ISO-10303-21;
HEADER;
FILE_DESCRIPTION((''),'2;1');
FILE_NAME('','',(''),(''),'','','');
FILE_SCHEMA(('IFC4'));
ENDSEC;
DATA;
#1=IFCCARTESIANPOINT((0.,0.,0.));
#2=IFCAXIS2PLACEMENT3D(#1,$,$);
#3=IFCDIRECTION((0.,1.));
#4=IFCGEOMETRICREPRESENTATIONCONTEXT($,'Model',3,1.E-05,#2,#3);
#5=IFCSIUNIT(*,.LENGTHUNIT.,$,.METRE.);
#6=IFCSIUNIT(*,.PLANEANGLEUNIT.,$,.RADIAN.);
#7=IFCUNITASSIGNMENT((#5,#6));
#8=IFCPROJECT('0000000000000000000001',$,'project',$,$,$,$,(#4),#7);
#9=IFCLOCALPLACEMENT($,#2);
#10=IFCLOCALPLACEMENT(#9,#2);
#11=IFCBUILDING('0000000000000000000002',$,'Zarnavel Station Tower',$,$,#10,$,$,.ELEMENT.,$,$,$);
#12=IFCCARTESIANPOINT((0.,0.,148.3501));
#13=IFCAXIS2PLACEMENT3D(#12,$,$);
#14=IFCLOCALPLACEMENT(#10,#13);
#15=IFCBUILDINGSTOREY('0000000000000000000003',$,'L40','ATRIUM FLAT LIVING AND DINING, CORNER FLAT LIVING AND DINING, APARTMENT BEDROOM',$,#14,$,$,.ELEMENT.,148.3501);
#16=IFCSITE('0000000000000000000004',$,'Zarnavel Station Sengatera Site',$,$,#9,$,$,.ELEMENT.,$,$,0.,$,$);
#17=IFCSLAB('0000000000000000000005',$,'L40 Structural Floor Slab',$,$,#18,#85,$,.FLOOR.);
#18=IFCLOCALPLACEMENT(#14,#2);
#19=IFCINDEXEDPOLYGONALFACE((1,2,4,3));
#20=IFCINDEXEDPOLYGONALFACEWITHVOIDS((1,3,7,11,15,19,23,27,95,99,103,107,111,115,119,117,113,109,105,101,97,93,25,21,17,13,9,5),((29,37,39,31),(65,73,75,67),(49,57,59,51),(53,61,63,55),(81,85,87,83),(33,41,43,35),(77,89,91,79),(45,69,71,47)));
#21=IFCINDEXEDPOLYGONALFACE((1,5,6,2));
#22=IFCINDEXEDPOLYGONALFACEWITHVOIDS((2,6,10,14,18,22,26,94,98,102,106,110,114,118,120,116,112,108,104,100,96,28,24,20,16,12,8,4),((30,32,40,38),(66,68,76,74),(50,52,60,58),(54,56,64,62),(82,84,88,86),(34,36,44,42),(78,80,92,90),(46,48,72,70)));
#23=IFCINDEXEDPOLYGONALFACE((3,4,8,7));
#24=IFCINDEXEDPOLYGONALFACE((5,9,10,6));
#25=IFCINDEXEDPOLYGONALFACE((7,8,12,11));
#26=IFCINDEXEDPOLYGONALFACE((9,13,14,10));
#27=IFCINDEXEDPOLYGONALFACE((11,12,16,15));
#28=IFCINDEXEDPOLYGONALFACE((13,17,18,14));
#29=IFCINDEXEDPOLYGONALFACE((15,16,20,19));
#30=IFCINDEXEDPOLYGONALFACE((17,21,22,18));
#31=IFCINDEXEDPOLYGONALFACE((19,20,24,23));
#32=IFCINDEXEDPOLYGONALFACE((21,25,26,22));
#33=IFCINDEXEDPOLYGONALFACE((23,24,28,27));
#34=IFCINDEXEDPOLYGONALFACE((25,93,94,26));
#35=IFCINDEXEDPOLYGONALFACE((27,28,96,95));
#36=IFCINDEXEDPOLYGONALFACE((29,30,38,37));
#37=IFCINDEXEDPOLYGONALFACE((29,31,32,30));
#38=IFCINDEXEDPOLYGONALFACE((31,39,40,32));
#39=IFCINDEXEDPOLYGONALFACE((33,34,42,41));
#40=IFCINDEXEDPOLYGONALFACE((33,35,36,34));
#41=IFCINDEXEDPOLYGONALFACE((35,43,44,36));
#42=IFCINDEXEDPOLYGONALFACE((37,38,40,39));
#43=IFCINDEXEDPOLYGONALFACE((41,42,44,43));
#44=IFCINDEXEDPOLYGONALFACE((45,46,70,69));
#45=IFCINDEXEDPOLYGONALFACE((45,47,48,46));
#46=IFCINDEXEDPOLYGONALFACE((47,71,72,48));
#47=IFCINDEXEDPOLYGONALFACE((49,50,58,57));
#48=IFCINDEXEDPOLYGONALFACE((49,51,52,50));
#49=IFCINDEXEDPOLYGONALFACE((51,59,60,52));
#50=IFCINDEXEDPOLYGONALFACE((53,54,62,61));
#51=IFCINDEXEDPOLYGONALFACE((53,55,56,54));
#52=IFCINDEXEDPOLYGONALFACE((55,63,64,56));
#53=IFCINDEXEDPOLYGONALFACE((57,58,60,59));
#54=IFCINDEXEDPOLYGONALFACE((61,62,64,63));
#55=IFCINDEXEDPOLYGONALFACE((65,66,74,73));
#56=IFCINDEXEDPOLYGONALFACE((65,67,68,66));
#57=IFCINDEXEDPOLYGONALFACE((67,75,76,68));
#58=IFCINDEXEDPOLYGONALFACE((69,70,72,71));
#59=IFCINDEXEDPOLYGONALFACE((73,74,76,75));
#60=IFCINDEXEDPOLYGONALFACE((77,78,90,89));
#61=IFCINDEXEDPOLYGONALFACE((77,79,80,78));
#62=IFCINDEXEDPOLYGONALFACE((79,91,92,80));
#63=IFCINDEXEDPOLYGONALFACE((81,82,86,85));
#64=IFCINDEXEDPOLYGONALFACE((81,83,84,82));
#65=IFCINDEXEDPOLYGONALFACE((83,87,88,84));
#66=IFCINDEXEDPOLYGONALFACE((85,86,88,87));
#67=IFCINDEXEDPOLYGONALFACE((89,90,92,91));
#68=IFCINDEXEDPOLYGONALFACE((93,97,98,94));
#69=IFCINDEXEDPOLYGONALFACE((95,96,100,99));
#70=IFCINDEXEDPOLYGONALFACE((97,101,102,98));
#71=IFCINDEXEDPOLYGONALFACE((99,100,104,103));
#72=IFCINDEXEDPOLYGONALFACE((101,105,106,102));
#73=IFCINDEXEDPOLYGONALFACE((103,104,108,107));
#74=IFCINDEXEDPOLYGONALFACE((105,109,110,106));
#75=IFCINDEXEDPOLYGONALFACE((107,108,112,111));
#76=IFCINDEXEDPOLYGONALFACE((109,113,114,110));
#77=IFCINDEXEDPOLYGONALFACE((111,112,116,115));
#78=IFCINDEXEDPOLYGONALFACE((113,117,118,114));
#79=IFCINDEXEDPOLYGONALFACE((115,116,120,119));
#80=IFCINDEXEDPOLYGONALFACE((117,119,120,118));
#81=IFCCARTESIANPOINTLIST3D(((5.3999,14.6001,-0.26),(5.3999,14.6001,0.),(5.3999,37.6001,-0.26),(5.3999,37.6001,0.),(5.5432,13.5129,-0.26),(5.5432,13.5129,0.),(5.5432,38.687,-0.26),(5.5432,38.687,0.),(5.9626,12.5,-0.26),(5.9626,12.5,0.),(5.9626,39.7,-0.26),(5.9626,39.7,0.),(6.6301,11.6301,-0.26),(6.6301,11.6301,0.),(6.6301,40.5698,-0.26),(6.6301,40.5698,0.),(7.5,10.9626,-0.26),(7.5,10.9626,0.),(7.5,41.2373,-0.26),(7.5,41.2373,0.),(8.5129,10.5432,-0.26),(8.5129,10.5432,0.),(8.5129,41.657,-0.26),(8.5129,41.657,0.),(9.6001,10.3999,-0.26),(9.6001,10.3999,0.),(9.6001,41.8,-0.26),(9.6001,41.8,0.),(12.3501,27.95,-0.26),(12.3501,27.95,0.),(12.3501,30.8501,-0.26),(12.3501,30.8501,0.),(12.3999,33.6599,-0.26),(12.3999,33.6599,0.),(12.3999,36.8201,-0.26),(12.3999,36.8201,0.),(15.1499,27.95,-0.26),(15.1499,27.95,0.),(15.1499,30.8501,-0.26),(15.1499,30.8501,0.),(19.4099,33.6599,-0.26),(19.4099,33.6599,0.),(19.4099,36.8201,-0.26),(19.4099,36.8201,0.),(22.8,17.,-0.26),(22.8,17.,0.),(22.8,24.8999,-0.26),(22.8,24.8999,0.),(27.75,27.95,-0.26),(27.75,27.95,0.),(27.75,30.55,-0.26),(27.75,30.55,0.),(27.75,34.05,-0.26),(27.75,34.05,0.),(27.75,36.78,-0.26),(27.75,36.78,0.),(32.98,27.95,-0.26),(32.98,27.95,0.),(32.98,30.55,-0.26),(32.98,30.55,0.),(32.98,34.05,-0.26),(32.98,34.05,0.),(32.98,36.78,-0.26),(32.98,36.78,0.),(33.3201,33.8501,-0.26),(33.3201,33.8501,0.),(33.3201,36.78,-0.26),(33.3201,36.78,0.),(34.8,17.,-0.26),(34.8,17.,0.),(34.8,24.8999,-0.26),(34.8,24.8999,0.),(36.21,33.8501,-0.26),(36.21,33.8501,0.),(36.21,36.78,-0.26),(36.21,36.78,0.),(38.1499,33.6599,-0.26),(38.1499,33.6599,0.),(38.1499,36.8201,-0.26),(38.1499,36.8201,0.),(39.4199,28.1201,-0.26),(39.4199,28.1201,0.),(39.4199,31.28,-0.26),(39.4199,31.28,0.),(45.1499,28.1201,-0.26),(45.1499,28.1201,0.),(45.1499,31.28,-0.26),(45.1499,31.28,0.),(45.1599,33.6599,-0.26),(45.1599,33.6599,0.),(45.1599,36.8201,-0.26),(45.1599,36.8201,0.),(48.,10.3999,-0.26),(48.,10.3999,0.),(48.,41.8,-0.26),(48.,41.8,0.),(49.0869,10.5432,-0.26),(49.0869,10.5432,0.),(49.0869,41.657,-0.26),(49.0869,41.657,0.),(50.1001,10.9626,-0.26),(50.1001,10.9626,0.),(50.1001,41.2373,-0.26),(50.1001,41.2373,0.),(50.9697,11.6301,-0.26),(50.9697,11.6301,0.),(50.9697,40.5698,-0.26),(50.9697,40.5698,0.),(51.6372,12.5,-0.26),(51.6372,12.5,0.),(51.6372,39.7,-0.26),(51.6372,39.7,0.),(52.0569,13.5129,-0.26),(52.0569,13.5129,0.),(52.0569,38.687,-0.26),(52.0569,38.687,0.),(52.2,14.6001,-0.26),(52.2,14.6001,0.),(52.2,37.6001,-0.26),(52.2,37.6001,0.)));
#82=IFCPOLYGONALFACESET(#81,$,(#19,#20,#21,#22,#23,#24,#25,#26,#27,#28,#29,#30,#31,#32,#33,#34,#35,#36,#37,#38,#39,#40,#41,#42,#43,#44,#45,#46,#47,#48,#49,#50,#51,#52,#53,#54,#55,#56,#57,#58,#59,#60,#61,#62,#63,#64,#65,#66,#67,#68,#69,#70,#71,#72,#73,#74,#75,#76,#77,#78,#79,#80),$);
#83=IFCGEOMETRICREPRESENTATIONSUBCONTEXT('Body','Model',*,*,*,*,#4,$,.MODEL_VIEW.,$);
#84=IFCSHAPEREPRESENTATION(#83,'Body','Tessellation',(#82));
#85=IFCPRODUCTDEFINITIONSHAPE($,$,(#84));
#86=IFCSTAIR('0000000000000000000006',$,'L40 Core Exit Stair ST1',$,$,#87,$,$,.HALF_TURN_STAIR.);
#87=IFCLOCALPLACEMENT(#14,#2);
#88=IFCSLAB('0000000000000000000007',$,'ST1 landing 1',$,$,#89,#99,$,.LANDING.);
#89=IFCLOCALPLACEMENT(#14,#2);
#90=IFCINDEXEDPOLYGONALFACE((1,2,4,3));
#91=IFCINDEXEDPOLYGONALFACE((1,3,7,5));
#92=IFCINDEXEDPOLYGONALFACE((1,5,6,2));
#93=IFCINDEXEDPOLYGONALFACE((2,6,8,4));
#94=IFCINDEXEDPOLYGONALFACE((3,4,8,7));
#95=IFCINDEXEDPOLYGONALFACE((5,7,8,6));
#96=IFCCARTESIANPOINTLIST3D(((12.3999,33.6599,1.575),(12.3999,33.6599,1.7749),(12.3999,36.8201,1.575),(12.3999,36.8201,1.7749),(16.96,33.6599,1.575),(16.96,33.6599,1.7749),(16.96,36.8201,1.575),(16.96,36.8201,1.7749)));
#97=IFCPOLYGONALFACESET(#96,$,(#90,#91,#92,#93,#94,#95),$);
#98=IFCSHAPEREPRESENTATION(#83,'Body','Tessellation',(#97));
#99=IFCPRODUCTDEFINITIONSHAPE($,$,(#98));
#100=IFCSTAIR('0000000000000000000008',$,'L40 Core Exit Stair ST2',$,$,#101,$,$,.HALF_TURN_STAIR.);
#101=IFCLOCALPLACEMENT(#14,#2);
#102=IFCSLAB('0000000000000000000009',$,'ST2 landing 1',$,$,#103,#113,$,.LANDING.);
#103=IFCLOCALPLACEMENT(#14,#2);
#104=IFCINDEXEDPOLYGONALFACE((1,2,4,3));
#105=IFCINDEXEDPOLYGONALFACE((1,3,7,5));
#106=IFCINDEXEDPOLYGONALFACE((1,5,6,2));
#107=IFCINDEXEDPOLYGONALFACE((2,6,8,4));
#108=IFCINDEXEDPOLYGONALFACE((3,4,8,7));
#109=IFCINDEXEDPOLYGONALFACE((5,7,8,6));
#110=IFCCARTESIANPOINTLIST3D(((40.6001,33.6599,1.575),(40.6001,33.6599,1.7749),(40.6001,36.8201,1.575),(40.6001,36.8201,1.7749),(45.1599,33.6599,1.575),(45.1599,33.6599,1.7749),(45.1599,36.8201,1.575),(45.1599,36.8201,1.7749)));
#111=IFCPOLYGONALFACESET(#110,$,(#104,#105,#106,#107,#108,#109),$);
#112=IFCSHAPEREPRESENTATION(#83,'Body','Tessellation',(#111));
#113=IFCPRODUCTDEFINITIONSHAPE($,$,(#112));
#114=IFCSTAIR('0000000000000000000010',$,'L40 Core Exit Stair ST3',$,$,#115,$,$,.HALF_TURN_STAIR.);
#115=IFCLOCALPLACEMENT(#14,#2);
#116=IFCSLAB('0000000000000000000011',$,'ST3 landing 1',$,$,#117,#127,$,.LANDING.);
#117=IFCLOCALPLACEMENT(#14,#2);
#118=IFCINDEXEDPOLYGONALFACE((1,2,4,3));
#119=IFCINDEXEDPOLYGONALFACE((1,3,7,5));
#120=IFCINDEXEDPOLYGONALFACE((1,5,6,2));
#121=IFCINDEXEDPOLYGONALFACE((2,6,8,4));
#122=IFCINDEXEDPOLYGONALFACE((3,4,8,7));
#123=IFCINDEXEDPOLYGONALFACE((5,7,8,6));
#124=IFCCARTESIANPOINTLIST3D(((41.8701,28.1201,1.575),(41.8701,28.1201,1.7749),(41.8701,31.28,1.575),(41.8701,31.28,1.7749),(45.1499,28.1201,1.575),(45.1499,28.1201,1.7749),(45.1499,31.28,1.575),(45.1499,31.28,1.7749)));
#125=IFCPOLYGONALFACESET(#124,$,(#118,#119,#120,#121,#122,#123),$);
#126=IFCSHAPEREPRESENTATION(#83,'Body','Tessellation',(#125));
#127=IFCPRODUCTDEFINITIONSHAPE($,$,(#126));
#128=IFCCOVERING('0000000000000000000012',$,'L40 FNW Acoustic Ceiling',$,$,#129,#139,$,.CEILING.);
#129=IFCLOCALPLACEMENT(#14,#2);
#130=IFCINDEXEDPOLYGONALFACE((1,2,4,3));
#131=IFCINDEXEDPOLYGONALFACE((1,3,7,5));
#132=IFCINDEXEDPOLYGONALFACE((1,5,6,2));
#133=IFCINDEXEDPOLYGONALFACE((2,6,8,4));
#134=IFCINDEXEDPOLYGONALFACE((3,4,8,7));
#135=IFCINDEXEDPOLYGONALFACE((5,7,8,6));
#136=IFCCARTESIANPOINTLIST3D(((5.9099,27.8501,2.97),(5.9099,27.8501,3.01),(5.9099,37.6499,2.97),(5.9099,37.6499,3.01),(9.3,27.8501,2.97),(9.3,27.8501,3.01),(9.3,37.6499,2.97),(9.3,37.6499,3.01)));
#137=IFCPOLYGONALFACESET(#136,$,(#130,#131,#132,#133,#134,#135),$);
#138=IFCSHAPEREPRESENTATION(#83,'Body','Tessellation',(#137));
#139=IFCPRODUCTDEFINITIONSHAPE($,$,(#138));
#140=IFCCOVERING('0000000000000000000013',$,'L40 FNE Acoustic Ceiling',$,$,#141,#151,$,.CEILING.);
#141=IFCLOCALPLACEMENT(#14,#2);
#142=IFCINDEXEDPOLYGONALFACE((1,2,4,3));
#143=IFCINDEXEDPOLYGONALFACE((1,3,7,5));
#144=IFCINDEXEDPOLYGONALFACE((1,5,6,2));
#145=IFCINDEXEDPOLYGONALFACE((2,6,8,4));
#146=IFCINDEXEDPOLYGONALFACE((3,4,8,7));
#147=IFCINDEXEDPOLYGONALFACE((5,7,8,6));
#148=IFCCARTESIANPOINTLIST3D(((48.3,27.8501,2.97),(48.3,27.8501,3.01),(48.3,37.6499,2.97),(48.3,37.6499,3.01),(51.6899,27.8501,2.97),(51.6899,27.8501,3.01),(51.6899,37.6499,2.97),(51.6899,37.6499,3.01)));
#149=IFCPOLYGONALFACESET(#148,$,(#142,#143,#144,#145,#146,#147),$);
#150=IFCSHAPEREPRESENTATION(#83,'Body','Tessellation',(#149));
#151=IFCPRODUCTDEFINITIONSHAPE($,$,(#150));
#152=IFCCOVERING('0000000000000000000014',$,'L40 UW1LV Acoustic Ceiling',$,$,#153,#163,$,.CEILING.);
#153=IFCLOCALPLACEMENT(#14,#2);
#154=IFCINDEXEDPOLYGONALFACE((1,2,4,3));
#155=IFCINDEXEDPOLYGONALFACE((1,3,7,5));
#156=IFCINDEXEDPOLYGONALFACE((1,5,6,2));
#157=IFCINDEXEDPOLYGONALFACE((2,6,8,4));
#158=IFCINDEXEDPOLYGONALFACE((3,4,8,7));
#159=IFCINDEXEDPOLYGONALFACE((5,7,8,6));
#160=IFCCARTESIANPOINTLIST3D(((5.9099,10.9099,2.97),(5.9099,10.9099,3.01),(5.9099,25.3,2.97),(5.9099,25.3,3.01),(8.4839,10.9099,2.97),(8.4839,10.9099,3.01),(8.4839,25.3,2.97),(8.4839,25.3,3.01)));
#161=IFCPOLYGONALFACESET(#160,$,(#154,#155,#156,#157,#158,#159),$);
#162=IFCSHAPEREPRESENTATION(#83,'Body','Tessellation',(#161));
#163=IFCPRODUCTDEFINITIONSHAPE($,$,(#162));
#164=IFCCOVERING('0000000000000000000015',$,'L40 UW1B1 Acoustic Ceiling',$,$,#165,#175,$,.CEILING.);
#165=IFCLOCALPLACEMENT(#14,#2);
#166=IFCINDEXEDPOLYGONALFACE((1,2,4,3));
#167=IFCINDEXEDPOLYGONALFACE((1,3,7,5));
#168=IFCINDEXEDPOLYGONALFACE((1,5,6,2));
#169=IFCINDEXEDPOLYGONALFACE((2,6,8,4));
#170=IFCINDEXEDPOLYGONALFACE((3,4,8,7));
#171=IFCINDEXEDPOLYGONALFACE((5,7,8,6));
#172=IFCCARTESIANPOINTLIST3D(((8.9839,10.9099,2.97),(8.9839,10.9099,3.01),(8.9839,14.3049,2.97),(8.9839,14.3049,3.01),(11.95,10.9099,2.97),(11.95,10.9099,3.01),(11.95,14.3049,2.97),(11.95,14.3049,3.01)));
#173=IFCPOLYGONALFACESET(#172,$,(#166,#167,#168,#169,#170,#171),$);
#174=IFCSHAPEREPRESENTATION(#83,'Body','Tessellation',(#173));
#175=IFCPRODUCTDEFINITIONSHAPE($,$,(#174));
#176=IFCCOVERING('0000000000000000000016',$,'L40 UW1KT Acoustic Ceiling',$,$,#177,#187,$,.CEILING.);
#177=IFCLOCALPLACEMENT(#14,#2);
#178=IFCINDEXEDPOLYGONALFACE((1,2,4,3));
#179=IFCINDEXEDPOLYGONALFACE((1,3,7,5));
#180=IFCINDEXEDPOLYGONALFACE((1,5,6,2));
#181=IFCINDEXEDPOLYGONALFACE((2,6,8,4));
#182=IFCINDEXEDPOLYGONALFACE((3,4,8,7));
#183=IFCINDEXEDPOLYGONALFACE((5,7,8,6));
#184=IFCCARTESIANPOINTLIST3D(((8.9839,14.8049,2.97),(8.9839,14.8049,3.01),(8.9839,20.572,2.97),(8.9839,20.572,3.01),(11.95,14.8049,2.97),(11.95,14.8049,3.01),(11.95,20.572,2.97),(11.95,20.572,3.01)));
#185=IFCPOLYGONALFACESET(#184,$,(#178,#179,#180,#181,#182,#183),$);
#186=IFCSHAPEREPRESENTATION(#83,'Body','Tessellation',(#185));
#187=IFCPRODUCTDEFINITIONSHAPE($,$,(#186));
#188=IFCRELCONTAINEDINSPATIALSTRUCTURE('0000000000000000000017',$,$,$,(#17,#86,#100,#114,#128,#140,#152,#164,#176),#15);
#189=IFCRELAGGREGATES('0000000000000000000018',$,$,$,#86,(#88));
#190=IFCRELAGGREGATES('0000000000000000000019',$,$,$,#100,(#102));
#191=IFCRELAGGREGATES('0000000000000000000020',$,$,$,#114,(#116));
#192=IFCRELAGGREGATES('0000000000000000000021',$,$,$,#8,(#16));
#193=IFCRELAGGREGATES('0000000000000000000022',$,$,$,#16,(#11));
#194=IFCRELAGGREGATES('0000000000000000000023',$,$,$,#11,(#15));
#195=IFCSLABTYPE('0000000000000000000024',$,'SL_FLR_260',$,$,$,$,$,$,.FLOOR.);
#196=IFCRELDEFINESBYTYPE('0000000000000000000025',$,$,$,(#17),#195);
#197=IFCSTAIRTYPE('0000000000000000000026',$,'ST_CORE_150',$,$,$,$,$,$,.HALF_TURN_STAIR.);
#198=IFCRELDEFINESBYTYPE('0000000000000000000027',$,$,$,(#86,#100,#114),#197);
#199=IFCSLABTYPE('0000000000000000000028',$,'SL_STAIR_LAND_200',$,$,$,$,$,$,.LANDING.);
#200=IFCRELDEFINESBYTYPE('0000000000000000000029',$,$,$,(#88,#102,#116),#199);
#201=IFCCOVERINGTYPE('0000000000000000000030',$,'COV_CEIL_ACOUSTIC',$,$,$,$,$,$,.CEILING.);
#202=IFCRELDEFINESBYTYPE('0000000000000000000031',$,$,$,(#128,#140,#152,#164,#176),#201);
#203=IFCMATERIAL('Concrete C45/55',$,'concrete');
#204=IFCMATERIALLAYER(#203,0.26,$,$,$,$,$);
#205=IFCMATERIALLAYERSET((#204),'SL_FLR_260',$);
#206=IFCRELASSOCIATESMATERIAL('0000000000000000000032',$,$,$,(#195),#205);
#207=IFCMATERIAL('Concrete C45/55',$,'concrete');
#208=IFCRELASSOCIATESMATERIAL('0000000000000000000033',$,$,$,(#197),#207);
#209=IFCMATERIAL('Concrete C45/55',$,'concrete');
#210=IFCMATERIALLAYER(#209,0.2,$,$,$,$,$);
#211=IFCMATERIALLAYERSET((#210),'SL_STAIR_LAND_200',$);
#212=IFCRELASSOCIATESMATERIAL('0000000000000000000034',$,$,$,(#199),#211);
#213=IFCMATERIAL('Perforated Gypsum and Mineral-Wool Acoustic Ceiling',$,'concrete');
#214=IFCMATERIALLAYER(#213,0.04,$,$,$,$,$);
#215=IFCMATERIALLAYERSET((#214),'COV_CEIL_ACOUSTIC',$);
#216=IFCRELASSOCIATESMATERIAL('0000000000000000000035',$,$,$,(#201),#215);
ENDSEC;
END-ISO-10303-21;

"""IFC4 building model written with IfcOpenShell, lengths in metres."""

from ifc_helpers import new_model, si_unit, direction, frame, origin, place, context, subcontext, project, spatial, polyline, outline, extrude, material, layer, layer_set, type_object, element, aggregate, save


model = new_model("IFC4")

# Units and contexts
model_context = context("Model", 3, precision=1e-05, world=origin(), true_north=direction((0.0, 1.0)))
body_context = subcontext(model_context, "Body", "Model", "MODEL_VIEW")
ifc_project = project(units=[si_unit("LENGTHUNIT", "METRE"), si_unit("PLANEANGLEUNIT", "RADIAN")], contexts=[model_context])

# Site, building, storey
site_placement = place(None, origin())
site = spatial("IfcSite", under=ifc_project, at=site_placement, Name="Zarnavel Station Sengatera Site", CompositionType="ELEMENT", RefElevation=0.0)
building_placement = place(site_placement, origin())
building = spatial("IfcBuilding", under=site, at=building_placement, Name="Zarnavel Station Tower", CompositionType="ELEMENT")
storey_placement = place(building_placement, frame((0.0, 0.0, 148.3501)))
storey = spatial("IfcBuildingStorey", under=building, at=storey_placement, Name="L40", Description="ATRIUM FLAT LIVING AND DINING, CORNER FLAT LIVING AND DINING, APARTMENT BEDROOM", CompositionType="ELEMENT", Elevation=148.3501)

# Slab
ifc_material_1 = material(Name="Concrete C45/55", Category="concrete")
ifc_layer_1 = layer(ifc_material_1, 0.26)
ifc_layer_set_1 = layer_set([ifc_layer_1], Name="SL_FLR_260")
slab_type_1 = type_object("IfcSlabType", Name="SL_FLR_260", PredefinedType="FLOOR", material=ifc_layer_set_1)
slab_1_placement = place(storey_placement, frame((0.0, 0.0, -0.26)))
element("IfcSlab", 1, at=slab_1_placement, inside=storey, type_object=slab_type_1, Name="L40 Structural Floor Slab", PredefinedType="FLOOR", context=body_context, shape_type="SweptSolid", body=[
    extrude(outline(polyline([(48.0, 10.3999), (49.0869, 10.5432), (50.1001, 10.9626), (50.9697, 11.6301), (51.6372, 12.5), (52.0569, 13.5129), (52.2, 14.6001), (52.2, 37.6001), (52.0569, 38.687), (51.6372, 39.7), (50.9697, 40.5698), (50.1001, 41.2373), (49.0869, 41.657), (48.0, 41.8), (9.6001, 41.8), (8.5129, 41.657), (7.5, 41.2373), (6.6301, 40.5698), (5.9626, 39.7), (5.5432, 38.687), (5.3999, 37.6001), (5.3999, 14.6001), (5.5432, 13.5129), (5.9626, 12.5), (6.6301, 11.6301), (7.5, 10.9626), (8.5129, 10.5432), (9.6001, 10.3999), (48.0, 10.3999)]), holes=[polyline([(12.3999, 33.6599), (19.4099, 33.6599), (19.4099, 36.8201), (12.3999, 36.8201), (12.3999, 33.6599)]), polyline([(38.1499, 33.6599), (45.1599, 33.6599), (45.1599, 36.8201), (38.1499, 36.8201), (38.1499, 33.6599)]), polyline([(39.4199, 28.1201), (45.1499, 28.1201), (45.1499, 31.28), (39.4199, 31.28), (39.4199, 28.1201)]), polyline([(12.3501, 27.95), (15.1499, 27.95), (15.1499, 30.8501), (12.3501, 30.8501), (12.3501, 27.95)]), polyline([(33.3201, 33.8501), (36.21, 33.8501), (36.21, 36.78), (33.3201, 36.78), (33.3201, 33.8501)]), polyline([(27.75, 34.05), (32.98, 34.05), (32.98, 36.78), (27.75, 36.78), (27.75, 34.05)]), polyline([(27.75, 27.95), (32.98, 27.95), (32.98, 30.55), (27.75, 30.55), (27.75, 27.95)]), polyline([(22.8, 17.0), (34.8, 17.0), (34.8, 24.8999), (22.8, 24.8999), (22.8, 17.0)])]), origin(), (0.0, 0.0, 1.0), 0.26),
])

# Stairs, slabs
ifc_material_2 = material(Name="Concrete C45/55", Category="concrete")
stair_type = type_object("IfcStairType", Name="ST_CORE_150", PredefinedType="HALF_TURN_STAIR", material=ifc_material_2)
stair_1_placement = place(storey_placement, origin())
stair_1 = element("IfcStair", 2, at=stair_1_placement, inside=storey, type_object=stair_type, Name="L40 Core Exit Stair ST1", PredefinedType="HALF_TURN_STAIR")
ifc_material_3 = material(Name="Concrete C45/55", Category="concrete")
ifc_layer_2 = layer(ifc_material_3, 0.2)
ifc_layer_set_2 = layer_set([ifc_layer_2], Name="SL_STAIR_LAND_200")
slab_type_2 = type_object("IfcSlabType", Name="SL_STAIR_LAND_200", PredefinedType="LANDING", material=ifc_layer_set_2)
slab_2_placement = place(storey_placement, frame((0.0, 0.0, 1.575)))
slab_2 = element("IfcSlab", 3, at=slab_2_placement, type_object=slab_type_2, Name="ST1 landing 1", PredefinedType="LANDING", context=body_context, shape_type="SweptSolid", body=[
    extrude(outline(polyline([(16.96, 36.8201), (12.3999, 36.8201), (12.3999, 33.6599), (16.96, 33.6599), (16.96, 36.8201)])), origin(), (0.0, 0.0, 1.0), 0.2),
])
aggregate(stair_1, [slab_2])
stair_2_placement = place(storey_placement, origin())
stair_2 = element("IfcStair", 4, at=stair_2_placement, inside=storey, type_object=stair_type, Name="L40 Core Exit Stair ST2", PredefinedType="HALF_TURN_STAIR")
slab_3_placement = place(storey_placement, frame((0.0, 0.0, 1.575)))
slab_3 = element("IfcSlab", 5, at=slab_3_placement, type_object=slab_type_2, Name="ST2 landing 1", PredefinedType="LANDING", context=body_context, shape_type="SweptSolid", body=[
    extrude(outline(polyline([(40.6001, 33.6599), (45.1599, 33.6599), (45.1599, 36.8201), (40.6001, 36.8201), (40.6001, 33.6599)])), origin(), (0.0, 0.0, 1.0), 0.2),
])
aggregate(stair_2, [slab_3])
stair_3_placement = place(storey_placement, origin())
stair_3 = element("IfcStair", 6, at=stair_3_placement, inside=storey, type_object=stair_type, Name="L40 Core Exit Stair ST3", PredefinedType="HALF_TURN_STAIR")
slab_4_placement = place(storey_placement, frame((0.0, 0.0, 1.575)))
slab_4 = element("IfcSlab", 7, at=slab_4_placement, type_object=slab_type_2, Name="ST3 landing 1", PredefinedType="LANDING", context=body_context, shape_type="SweptSolid", body=[
    extrude(outline(polyline([(41.8701, 28.1201), (45.1499, 28.1201), (45.1499, 31.28), (41.8701, 31.28), (41.8701, 28.1201)])), origin(), (0.0, 0.0, 1.0), 0.2),
])
aggregate(stair_3, [slab_4])

# Coverings
ifc_material_4 = material(Name="Perforated Gypsum and Mineral-Wool Acoustic Ceiling", Category="concrete")
ifc_layer_3 = layer(ifc_material_4, 0.04)
ifc_layer_set_3 = layer_set([ifc_layer_3], Name="COV_CEIL_ACOUSTIC")
covering_type_1 = type_object("IfcCoveringType", Name="COV_CEIL_ACOUSTIC", PredefinedType="CEILING", material=ifc_layer_set_3)
covering_1_placement = place(storey_placement, frame((0.0, 0.0, 2.97)))
element("IfcCovering", 8, at=covering_1_placement, inside=storey, type_object=covering_type_1, Name="L40 FNW Acoustic Ceiling", PredefinedType="CEILING", context=body_context, shape_type="SweptSolid", body=[
    extrude(outline(polyline([(5.9099, 27.8501), (9.3, 27.8501), (9.3, 37.6499), (5.9099, 37.6499), (5.9099, 27.8501)])), origin(), (0.0, 0.0, 1.0), 0.04),
])
covering_2_placement = place(storey_placement, frame((0.0, 0.0, 2.97)))
element("IfcCovering", 9, at=covering_2_placement, inside=storey, type_object=covering_type_1, Name="L40 FNE Acoustic Ceiling", PredefinedType="CEILING", context=body_context, shape_type="SweptSolid", body=[
    extrude(outline(polyline([(48.3, 27.8501), (51.6899, 27.8501), (51.6899, 37.6499), (48.3, 37.6499), (48.3, 27.8501)])), origin(), (0.0, 0.0, 1.0), 0.04),
])
covering_3_placement = place(storey_placement, frame((0.0, 0.0, 2.97)))
element("IfcCovering", 10, at=covering_3_placement, inside=storey, type_object=covering_type_1, Name="L40 UW1LV Acoustic Ceiling", PredefinedType="CEILING", context=body_context, shape_type="SweptSolid", body=[
    extrude(outline(polyline([(5.9099, 10.9099), (8.4839, 10.9099), (8.4839, 25.3), (5.9099, 25.3), (5.9099, 10.9099)])), origin(), (0.0, 0.0, 1.0), 0.04),
])
covering_4_placement = place(storey_placement, frame((0.0, 0.0, 2.97)))
element("IfcCovering", 11, at=covering_4_placement, inside=storey, type_object=covering_type_1, Name="L40 UW1B1 Acoustic Ceiling", PredefinedType="CEILING", context=body_context, shape_type="SweptSolid", body=[
    extrude(outline(polyline([(8.9839, 10.9099), (11.95, 10.9099), (11.95, 14.3049), (8.9839, 14.3049), (8.9839, 10.9099)])), origin(), (0.0, 0.0, 1.0), 0.04),
])
covering_5_placement = place(storey_placement, frame((0.0, 0.0, 2.97)))
element("IfcCovering", 12, at=covering_5_placement, inside=storey, type_object=covering_type_1, Name="L40 UW1KT Acoustic Ceiling", PredefinedType="CEILING", context=body_context, shape_type="SweptSolid", body=[
    extrude(outline(polyline([(8.9839, 14.8049), (11.95, 14.8049), (11.95, 20.572), (8.9839, 20.572), (8.9839, 14.8049)])), origin(), (0.0, 0.0, 1.0), 0.04),
])

save(model, "model.ifc")
